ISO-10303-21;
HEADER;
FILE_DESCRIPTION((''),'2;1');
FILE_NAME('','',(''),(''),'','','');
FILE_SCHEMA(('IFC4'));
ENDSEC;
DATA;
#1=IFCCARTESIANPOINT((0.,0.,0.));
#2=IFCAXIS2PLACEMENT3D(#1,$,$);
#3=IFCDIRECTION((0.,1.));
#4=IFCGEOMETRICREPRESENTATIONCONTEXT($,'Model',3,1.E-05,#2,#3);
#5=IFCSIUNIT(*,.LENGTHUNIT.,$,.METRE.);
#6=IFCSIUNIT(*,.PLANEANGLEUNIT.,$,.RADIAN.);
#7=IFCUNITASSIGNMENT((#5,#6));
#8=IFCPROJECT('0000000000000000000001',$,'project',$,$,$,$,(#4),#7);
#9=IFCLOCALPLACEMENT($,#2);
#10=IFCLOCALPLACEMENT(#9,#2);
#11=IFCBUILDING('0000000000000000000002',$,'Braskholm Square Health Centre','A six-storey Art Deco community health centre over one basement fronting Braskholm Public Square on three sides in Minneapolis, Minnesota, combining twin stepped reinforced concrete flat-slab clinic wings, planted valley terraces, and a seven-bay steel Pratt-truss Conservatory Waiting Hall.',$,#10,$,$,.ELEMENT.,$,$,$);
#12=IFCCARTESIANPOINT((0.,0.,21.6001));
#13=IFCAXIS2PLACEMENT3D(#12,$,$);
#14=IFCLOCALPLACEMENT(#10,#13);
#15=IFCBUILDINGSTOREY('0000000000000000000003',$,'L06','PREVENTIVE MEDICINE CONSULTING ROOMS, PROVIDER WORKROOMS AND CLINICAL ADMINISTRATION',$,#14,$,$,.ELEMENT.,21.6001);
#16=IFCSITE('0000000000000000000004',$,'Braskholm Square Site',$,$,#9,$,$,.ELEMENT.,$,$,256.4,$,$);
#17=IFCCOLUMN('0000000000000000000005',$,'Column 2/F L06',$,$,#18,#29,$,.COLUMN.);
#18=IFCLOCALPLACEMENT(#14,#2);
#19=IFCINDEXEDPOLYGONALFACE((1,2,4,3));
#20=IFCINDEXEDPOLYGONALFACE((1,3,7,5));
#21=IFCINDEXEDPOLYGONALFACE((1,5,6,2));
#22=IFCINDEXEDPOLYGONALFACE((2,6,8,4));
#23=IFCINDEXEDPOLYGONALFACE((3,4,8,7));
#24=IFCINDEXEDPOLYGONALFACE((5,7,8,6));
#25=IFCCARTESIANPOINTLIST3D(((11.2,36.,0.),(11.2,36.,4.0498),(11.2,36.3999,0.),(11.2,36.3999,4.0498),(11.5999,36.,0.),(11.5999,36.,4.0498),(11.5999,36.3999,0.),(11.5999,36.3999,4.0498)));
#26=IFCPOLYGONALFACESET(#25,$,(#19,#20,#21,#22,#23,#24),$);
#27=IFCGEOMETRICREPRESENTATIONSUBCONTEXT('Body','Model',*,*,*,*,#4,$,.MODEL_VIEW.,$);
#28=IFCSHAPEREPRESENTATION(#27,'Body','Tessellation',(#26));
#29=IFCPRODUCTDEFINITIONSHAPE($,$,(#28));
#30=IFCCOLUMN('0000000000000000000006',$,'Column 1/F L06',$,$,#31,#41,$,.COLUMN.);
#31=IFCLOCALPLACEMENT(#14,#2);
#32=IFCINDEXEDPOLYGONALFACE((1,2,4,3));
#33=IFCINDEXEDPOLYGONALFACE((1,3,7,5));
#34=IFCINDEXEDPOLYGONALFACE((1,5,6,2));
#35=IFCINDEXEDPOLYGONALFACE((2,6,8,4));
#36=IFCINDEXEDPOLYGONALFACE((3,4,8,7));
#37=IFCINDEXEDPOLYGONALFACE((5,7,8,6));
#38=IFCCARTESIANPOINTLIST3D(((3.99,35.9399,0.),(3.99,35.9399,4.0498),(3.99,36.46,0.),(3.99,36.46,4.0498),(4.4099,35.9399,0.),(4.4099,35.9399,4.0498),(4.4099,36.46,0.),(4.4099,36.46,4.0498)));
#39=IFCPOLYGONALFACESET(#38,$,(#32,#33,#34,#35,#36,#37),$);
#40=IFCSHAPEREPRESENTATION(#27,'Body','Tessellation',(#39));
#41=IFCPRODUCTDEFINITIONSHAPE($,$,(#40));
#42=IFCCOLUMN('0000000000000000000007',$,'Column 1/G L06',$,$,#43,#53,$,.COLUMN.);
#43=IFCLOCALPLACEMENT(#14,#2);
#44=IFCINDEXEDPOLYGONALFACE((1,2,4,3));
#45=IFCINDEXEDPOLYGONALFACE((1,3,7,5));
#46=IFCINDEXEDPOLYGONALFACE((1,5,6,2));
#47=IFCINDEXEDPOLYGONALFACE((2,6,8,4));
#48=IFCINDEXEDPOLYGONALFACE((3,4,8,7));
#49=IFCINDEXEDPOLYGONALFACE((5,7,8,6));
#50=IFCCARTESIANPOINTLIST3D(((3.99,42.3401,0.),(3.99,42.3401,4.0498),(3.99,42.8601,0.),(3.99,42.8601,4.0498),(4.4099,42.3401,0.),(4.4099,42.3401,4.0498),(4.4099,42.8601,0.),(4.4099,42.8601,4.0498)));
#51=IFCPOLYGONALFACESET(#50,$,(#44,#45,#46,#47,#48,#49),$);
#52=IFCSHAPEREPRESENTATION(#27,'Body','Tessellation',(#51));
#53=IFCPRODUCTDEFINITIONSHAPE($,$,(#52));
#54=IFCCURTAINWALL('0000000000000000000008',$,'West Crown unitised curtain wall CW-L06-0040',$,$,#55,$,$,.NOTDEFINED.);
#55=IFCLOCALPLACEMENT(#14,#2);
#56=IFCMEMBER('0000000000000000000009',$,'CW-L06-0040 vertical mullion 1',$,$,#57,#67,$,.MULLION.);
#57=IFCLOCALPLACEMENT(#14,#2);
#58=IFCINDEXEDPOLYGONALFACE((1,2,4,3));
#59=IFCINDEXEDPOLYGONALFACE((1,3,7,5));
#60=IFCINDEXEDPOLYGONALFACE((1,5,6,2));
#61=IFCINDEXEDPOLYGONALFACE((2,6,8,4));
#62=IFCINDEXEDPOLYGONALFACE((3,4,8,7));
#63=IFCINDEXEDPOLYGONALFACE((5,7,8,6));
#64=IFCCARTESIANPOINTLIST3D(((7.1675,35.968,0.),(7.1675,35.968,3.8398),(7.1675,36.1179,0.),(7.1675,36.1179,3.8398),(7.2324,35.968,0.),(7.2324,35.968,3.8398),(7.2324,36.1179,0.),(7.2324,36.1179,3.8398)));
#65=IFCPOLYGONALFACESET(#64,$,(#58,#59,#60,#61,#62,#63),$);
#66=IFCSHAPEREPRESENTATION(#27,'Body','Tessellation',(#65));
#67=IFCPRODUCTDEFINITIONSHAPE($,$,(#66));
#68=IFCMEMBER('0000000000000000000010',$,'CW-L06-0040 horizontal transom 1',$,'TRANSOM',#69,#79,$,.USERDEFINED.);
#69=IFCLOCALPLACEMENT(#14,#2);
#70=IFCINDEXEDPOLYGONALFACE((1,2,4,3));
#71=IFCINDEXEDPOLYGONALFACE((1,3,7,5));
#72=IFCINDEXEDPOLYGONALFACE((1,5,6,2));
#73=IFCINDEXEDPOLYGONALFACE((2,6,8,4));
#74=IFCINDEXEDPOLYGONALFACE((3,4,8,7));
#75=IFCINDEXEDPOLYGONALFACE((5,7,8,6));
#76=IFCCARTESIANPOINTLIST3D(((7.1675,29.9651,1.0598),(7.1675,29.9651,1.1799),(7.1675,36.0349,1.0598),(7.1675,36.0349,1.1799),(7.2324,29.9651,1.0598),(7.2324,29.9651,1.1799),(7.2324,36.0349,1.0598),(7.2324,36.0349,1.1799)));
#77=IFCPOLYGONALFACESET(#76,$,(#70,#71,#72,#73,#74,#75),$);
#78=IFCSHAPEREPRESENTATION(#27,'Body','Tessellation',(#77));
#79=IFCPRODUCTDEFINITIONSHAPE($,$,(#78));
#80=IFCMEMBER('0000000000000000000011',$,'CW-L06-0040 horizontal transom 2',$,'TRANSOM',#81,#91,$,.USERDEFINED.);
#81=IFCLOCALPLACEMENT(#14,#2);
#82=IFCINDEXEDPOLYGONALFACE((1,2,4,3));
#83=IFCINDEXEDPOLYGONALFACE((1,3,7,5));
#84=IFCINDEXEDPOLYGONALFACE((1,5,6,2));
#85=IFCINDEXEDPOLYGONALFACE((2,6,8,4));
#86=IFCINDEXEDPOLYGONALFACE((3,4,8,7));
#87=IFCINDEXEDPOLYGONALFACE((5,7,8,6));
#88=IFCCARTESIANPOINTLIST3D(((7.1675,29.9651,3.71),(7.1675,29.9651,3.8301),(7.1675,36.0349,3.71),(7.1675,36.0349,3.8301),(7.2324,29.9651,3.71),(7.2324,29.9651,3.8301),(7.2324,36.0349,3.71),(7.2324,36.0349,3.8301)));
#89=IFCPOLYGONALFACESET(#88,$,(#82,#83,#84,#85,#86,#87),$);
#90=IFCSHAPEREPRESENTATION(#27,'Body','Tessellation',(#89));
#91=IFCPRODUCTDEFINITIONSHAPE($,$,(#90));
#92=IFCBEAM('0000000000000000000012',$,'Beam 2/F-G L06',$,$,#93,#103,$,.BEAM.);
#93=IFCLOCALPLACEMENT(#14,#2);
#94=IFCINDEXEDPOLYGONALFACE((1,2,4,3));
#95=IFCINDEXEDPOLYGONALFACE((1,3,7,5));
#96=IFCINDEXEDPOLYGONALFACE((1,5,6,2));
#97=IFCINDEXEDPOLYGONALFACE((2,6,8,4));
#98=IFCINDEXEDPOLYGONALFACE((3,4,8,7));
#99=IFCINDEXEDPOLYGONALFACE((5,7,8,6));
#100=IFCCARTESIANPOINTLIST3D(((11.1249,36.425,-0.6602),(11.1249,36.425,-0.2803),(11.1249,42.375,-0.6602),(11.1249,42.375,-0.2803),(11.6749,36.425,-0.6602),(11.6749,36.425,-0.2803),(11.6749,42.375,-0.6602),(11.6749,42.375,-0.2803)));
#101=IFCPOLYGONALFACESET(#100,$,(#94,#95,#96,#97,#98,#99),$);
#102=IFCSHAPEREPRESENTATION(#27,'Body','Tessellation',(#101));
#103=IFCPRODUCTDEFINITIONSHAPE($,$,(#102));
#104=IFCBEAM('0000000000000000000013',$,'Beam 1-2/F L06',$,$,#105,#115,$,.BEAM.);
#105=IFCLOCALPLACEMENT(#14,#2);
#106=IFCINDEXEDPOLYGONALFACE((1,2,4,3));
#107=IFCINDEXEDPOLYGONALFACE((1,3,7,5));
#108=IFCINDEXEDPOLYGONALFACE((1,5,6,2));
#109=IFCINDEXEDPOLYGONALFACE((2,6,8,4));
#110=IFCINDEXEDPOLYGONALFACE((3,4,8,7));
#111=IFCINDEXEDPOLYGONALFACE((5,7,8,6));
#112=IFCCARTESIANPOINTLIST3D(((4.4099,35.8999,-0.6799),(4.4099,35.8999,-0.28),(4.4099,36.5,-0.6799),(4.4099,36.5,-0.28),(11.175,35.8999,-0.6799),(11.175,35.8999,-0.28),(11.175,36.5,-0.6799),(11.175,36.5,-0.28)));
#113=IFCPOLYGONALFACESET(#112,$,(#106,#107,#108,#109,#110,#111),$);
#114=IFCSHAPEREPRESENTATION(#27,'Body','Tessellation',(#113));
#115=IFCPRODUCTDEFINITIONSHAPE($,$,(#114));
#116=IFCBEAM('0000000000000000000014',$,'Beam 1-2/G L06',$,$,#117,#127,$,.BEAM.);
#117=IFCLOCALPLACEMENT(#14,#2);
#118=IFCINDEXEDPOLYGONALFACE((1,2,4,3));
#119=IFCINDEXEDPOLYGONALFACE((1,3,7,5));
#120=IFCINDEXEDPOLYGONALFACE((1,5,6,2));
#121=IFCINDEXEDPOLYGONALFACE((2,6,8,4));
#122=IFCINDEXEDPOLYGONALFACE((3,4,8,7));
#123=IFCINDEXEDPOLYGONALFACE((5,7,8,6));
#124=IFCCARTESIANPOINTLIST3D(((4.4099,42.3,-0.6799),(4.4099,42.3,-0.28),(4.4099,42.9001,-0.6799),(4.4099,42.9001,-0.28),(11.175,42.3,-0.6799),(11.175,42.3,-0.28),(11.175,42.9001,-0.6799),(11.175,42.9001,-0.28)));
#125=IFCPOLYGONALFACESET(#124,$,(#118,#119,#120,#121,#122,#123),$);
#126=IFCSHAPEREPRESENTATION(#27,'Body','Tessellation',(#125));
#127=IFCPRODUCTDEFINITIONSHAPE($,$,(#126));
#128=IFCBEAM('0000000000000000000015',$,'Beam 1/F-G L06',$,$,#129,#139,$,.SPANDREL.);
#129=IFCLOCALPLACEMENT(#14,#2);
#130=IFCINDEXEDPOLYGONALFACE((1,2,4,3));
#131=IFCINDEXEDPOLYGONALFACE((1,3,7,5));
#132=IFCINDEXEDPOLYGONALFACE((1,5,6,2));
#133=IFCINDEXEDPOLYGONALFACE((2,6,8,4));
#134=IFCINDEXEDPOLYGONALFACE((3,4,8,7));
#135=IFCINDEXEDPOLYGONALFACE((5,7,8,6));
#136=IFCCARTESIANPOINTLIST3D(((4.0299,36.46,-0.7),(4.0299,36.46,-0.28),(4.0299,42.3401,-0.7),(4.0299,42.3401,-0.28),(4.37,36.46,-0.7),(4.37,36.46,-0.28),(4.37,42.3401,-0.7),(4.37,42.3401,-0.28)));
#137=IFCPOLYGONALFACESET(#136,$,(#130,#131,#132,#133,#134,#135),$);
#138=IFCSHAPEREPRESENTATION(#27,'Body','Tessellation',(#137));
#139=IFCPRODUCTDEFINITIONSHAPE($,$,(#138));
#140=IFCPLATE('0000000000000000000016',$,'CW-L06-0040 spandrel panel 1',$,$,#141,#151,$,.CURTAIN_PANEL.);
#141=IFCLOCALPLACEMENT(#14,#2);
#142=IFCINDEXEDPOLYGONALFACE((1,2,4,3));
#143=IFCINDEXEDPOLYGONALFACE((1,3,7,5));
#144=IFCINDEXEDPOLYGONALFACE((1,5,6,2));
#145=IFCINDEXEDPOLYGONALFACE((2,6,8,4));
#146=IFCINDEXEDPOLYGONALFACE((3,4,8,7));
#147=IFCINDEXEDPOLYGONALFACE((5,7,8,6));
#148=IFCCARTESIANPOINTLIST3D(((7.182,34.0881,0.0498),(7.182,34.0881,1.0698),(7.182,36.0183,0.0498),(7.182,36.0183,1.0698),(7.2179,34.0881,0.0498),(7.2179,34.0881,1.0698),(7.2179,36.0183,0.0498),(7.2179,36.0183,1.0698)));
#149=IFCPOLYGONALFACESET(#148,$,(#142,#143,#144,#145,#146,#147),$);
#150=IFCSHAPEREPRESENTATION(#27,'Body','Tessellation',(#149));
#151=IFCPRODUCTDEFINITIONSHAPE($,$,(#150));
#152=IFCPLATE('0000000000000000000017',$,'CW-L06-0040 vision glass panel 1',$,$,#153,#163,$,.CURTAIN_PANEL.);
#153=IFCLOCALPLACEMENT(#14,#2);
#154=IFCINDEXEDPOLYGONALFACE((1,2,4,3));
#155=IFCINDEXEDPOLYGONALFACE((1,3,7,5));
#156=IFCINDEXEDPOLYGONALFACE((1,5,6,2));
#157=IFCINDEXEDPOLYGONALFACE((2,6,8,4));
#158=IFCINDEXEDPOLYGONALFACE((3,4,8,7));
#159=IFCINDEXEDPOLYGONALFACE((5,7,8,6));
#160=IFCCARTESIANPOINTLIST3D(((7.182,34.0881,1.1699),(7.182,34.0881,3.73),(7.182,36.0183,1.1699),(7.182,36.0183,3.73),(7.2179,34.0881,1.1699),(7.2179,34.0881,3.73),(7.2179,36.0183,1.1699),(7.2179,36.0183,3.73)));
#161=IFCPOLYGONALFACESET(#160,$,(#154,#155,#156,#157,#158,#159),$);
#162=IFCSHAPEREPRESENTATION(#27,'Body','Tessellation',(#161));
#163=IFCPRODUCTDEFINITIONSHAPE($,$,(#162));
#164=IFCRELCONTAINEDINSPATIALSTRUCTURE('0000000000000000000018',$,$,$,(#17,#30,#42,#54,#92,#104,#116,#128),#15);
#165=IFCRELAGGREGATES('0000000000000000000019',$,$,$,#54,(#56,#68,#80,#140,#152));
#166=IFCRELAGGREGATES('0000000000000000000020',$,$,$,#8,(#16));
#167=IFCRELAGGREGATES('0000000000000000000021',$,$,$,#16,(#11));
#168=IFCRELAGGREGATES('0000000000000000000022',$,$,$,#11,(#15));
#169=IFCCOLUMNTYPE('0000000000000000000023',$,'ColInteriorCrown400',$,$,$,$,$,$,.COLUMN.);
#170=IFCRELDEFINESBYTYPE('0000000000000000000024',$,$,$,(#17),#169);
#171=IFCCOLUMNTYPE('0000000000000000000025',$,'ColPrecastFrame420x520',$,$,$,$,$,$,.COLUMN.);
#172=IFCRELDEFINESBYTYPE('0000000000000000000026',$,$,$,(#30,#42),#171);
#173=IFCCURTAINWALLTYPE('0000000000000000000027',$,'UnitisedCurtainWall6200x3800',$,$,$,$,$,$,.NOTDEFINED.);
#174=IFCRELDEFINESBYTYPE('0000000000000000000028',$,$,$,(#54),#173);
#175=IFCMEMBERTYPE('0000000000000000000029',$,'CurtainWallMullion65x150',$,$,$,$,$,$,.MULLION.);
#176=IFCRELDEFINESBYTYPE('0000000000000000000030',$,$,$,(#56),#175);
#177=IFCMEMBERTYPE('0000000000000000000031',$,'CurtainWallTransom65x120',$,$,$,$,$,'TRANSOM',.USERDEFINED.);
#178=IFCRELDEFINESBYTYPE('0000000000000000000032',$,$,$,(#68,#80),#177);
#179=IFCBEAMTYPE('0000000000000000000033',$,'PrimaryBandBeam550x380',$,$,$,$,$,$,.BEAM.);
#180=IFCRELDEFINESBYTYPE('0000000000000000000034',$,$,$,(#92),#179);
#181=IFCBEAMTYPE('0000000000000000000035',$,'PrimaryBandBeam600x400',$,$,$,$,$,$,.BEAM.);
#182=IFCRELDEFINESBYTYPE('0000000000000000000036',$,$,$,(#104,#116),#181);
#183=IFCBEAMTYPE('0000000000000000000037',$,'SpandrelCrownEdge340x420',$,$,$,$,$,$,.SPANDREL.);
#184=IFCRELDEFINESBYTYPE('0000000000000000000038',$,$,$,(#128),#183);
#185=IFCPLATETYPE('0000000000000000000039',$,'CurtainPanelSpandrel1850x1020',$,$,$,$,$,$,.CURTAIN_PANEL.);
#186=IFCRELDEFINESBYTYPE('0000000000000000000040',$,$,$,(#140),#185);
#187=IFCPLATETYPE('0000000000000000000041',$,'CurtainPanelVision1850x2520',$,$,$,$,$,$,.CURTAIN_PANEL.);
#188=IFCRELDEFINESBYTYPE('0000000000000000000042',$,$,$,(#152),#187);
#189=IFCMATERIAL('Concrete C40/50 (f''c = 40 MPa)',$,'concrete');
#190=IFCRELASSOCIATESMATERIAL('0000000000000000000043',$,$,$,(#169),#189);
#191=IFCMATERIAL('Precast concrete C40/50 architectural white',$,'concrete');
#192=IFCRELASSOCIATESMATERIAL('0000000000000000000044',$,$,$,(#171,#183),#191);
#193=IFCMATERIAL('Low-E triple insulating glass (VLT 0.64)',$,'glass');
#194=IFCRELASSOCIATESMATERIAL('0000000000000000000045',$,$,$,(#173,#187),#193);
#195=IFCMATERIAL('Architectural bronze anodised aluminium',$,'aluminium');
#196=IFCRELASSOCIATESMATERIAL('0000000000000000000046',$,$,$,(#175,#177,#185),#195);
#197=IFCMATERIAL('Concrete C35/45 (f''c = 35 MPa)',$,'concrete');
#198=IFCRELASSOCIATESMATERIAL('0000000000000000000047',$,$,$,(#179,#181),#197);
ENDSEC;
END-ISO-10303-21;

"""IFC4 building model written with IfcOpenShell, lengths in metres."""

from ifc_helpers import new_model, si_unit, direction, frame, origin, origin_2d, place, context, subcontext, project, spatial, rectangle, extrude, material, material_profile, profile_set, type_object, element, aggregate, save


model = new_model("IFC4")

# Units and contexts
model_context = context("Model", 3, precision=1e-05, world=origin(), true_north=direction((0.0, 1.0)))
body_context = subcontext(model_context, "Body", "Model", "MODEL_VIEW")
ifc_project = project(units=[si_unit("LENGTHUNIT", "METRE"), si_unit("PLANEANGLEUNIT", "RADIAN")], contexts=[model_context])

# Site, building, storey
site_placement = place(None, origin())
site = spatial("IfcSite", under=ifc_project, at=site_placement, Name="Braskholm Square Site", CompositionType="ELEMENT", RefElevation=256.4)
building_placement = place(site_placement, origin())
building = spatial("IfcBuilding", under=site, at=building_placement, Name="Braskholm Square Health Centre", Description="A six-storey Art Deco community health centre over one basement fronting Braskholm Public Square on three sides in Minneapolis, Minnesota, combining twin stepped reinforced concrete flat-slab clinic wings, planted valley terraces, and a seven-bay steel Pratt-truss Conservatory Waiting Hall.", CompositionType="ELEMENT")
storey_placement = place(building_placement, frame((0.0, 0.0, 21.6001)))
storey = spatial("IfcBuildingStorey", under=building, at=storey_placement, Name="L06", Description="PREVENTIVE MEDICINE CONSULTING ROOMS, PROVIDER WORKROOMS AND CLINICAL ADMINISTRATION", CompositionType="ELEMENT", Elevation=21.6001)

# Columns
ifc_material_1 = material(Name="Concrete C40/50 (f'c = 40 MPa)", Category="concrete")
ifc_material_profile_1 = material_profile(ifc_material_1, rectangle(XDim=0.3999, YDim=0.3999, at=origin_2d()), Name="RC-400X400")
ifc_profile_set_1 = profile_set([ifc_material_profile_1], Name="Concrete C40/50 (f'c = 40 MPa)")
column_type_1 = type_object("IfcColumnType", Name="ColInteriorCrown400", PredefinedType="COLUMN", material=ifc_profile_set_1)
column_placement = place(storey_placement, frame((11.3999, 36.2, 0.0), z_axis=(0.0, 0.0, 1.0), x_axis=(1.0, 0.0, 0.0)))
element("IfcColumn", 1, at=column_placement, inside=storey, type_object=column_type_1, Name="Column 2/F L06", PredefinedType="COLUMN", context=body_context, shape_type="SweptSolid", body=[
    extrude(rectangle(XDim=0.3999, YDim=0.3999, at=origin_2d()), origin(), (0.0, 0.0, 1.0), 4.0498),
])
ifc_material_2 = material(Name="Precast concrete C40/50 architectural white", Category="concrete")
ifc_material_profile_2 = material_profile(ifc_material_2, rectangle(XDim=0.4199, YDim=0.52, at=origin_2d()), Name="RC-420X520")
ifc_profile_set_2 = profile_set([ifc_material_profile_2], Name="Precast concrete C40/50 architectural white")
column_type_2 = type_object("IfcColumnType", Name="ColPrecastFrame420x520", PredefinedType="COLUMN", material=ifc_profile_set_2)
for number, where, z_axis, x_axis, name in (
    (2, (4.2, 36.2, 0.0), (0.0, 0.0, 1.0), (1.0, 0.0, 0.0), "Column 1/F L06"),
    (3, (4.2, 42.6001, 0.0), (0.0, 0.0, 1.0), (1.0, 0.0, 0.0), "Column 1/G L06"),
):
    element("IfcColumn", number, at=place(storey_placement, frame(where, z_axis=z_axis, x_axis=x_axis)), inside=storey, type_object=column_type_2, Name=name, PredefinedType="COLUMN", context=body_context, shape_type="SweptSolid", body=[
        extrude(rectangle(XDim=0.4199, YDim=0.52, at=origin_2d()), origin(), (0.0, 0.0, 1.0), 4.0498),
    ])

# Curtain wall, members
ifc_material_3 = material(Name="Low-E triple insulating glass (VLT 0.64)", Category="glass")
curtain_wall_type = type_object("IfcCurtainWallType", Name="UnitisedCurtainWall6200x3800", PredefinedType="NOTDEFINED", material=ifc_material_3)
curtain_wall_placement = place(storey_placement, origin())
curtain_wall = element("IfcCurtainWall", 4, at=curtain_wall_placement, inside=storey, type_object=curtain_wall_type, Name="West Crown unitised curtain wall CW-L06-0040", PredefinedType="NOTDEFINED")
ifc_material_4 = material(Name="Architectural bronze anodised aluminium", Category="aluminium")
ifc_material_profile_3 = material_profile(ifc_material_4, rectangle(XDim=0.0649, YDim=0.1499, at=origin_2d()), Name="ALU-65X150")
ifc_profile_set_3 = profile_set([ifc_material_profile_3], Name="Architectural bronze anodised aluminium")
member_type_1 = type_object("IfcMemberType", Name="CurtainWallMullion65x150", PredefinedType="MULLION", material=ifc_profile_set_3)
member_1_placement = place(storey_placement, frame((7.2, 36.043, 0.0), z_axis=(0.0, 0.0, 1.0), x_axis=(1.0, 0.0, 0.0)))
member_1 = element("IfcMember", 5, at=member_1_placement, type_object=member_type_1, Name="CW-L06-0040 vertical mullion 1", PredefinedType="MULLION", context=body_context, shape_type="SweptSolid", body=[
    extrude(rectangle(XDim=0.0649, YDim=0.1499, at=origin_2d()), origin(), (0.0, 0.0, 1.0), 3.8398),
])
ifc_material_profile_4 = material_profile(ifc_material_4, rectangle(XDim=0.0649, YDim=0.1201, at=origin_2d()), Name="ALU-65X120")
ifc_profile_set_4 = profile_set([ifc_material_profile_4], Name="Architectural bronze anodised aluminium")
member_type_2 = type_object("IfcMemberType", Name="CurtainWallTransom65x120", ElementType="TRANSOM", PredefinedType="USERDEFINED", material=ifc_profile_set_4)
member_2_placement = place(storey_placement, frame((7.2, 36.0349, 1.1199), z_axis=(0.0, -1.0, 0.0), x_axis=(1.0, 0.0, 0.0)))
member_2 = element("IfcMember", 6, at=member_2_placement, type_object=member_type_2, Name="CW-L06-0040 horizontal transom 1", ObjectType="TRANSOM", PredefinedType="USERDEFINED", context=body_context, shape_type="SweptSolid", body=[
    extrude(rectangle(XDim=0.0649, YDim=0.1201, at=origin_2d()), origin(), (0.0, 0.0, 1.0), 6.0698),
])
member_3_placement = place(storey_placement, frame((7.2, 36.0349, 3.77), z_axis=(0.0, -1.0, 0.0), x_axis=(1.0, 0.0, 0.0)))
member_3 = element("IfcMember", 7, at=member_3_placement, type_object=member_type_2, Name="CW-L06-0040 horizontal transom 2", ObjectType="TRANSOM", PredefinedType="USERDEFINED", context=body_context, shape_type="SweptSolid", body=[
    extrude(rectangle(XDim=0.0649, YDim=0.1201, at=origin_2d()), origin(), (0.0, 0.0, 1.0), 6.0698),
])

# Beams
ifc_material_5 = material(Name="Concrete C35/45 (f'c = 35 MPa)", Category="concrete")
ifc_material_profile_5 = material_profile(ifc_material_5, rectangle(XDim=0.55, YDim=0.3799, at=origin_2d()), Name="RCB-550X380")
ifc_profile_set_5 = profile_set([ifc_material_profile_5], Name="Concrete C35/45 (f'c = 35 MPa)")
beam_type_1 = type_object("IfcBeamType", Name="PrimaryBandBeam550x380", PredefinedType="BEAM", material=ifc_profile_set_5)
beam_1_placement = place(storey_placement, frame((11.3999, 36.425, -0.4702), z_axis=(0.0, 1.0, 0.0), x_axis=(-1.0, 0.0, 0.0)))
element("IfcBeam", 8, at=beam_1_placement, inside=storey, type_object=beam_type_1, Name="Beam 2/F-G L06", PredefinedType="BEAM", context=body_context, shape_type="SweptSolid", body=[
    extrude(rectangle(XDim=0.55, YDim=0.3799, at=origin_2d()), origin(), (0.0, 0.0, 1.0), 5.95),
])
ifc_material_profile_6 = material_profile(ifc_material_5, rectangle(XDim=0.6001, YDim=0.3999, at=origin_2d()), Name="RCB-600X400")
ifc_profile_set_6 = profile_set([ifc_material_profile_6], Name="Concrete C35/45 (f'c = 35 MPa)")
beam_type_2 = type_object("IfcBeamType", Name="PrimaryBandBeam600x400", PredefinedType="BEAM", material=ifc_profile_set_6)
for number, where, z_axis, x_axis, name in (
    (9, (4.4099, 36.2, -0.48), (1.0, 0.0, 0.0), (0.0, 1.0, 0.0), "Beam 1-2/F L06"),
    (10, (4.4099, 42.6001, -0.48), (1.0, 0.0, 0.0), (0.0, 1.0, 0.0), "Beam 1-2/G L06"),
):
    element("IfcBeam", number, at=place(storey_placement, frame(where, z_axis=z_axis, x_axis=x_axis)), inside=storey, type_object=beam_type_2, Name=name, PredefinedType="BEAM", context=body_context, shape_type="SweptSolid", body=[
        extrude(rectangle(XDim=0.6001, YDim=0.3999, at=origin_2d()), origin(), (0.0, 0.0, 1.0), 6.7651),
    ])
ifc_material_profile_7 = material_profile(ifc_material_2, rectangle(XDim=0.3401, YDim=0.4199, at=origin_2d()), Name="RCB-340X420")
ifc_profile_set_7 = profile_set([ifc_material_profile_7], Name="Precast concrete C40/50 architectural white")
beam_type_3 = type_object("IfcBeamType", Name="SpandrelCrownEdge340x420", PredefinedType="SPANDREL", material=ifc_profile_set_7)
beam_2_placement = place(storey_placement, frame((4.2, 36.46, -0.49), z_axis=(0.0, 1.0, 0.0), x_axis=(-1.0, 0.0, 0.0)))
element("IfcBeam", 11, at=beam_2_placement, inside=storey, type_object=beam_type_3, Name="Beam 1/F-G L06", PredefinedType="SPANDREL", context=body_context, shape_type="SweptSolid", body=[
    extrude(rectangle(XDim=0.3401, YDim=0.4199, at=origin_2d()), origin(), (0.0, 0.0, 1.0), 5.8801),
])

# Plates
plate_type_1 = type_object("IfcPlateType", Name="CurtainPanelSpandrel1850x1020", PredefinedType="CURTAIN_PANEL", material=ifc_material_4)
plate_1_placement = place(storey_placement, frame((7.2, 35.0532, 0.0498), z_axis=(0.0, 0.0, 1.0), x_axis=(0.0, -1.0, 0.0)))
plate_1 = element("IfcPlate", 12, at=plate_1_placement, type_object=plate_type_1, Name="CW-L06-0040 spandrel panel 1", PredefinedType="CURTAIN_PANEL", context=body_context, shape_type="SweptSolid", body=[
    extrude(rectangle(XDim=1.9302, YDim=0.0359, at=origin_2d()), origin(), (0.0, 0.0, 1.0), 1.02),
])
plate_type_2 = type_object("IfcPlateType", Name="CurtainPanelVision1850x2520", PredefinedType="CURTAIN_PANEL", material=ifc_material_3)
plate_2_placement = place(storey_placement, frame((7.2, 35.0532, 1.1699), z_axis=(0.0, 0.0, 1.0), x_axis=(0.0, -1.0, 0.0)))
plate_2 = element("IfcPlate", 13, at=plate_2_placement, type_object=plate_type_2, Name="CW-L06-0040 vision glass panel 1", PredefinedType="CURTAIN_PANEL", context=body_context, shape_type="SweptSolid", body=[
    extrude(rectangle(XDim=1.9302, YDim=0.0359, at=origin_2d()), origin(), (0.0, 0.0, 1.0), 2.5601),
])
aggregate(curtain_wall, [member_1, member_2, member_3, plate_1, plate_2])

save(model, "model.ifc")
